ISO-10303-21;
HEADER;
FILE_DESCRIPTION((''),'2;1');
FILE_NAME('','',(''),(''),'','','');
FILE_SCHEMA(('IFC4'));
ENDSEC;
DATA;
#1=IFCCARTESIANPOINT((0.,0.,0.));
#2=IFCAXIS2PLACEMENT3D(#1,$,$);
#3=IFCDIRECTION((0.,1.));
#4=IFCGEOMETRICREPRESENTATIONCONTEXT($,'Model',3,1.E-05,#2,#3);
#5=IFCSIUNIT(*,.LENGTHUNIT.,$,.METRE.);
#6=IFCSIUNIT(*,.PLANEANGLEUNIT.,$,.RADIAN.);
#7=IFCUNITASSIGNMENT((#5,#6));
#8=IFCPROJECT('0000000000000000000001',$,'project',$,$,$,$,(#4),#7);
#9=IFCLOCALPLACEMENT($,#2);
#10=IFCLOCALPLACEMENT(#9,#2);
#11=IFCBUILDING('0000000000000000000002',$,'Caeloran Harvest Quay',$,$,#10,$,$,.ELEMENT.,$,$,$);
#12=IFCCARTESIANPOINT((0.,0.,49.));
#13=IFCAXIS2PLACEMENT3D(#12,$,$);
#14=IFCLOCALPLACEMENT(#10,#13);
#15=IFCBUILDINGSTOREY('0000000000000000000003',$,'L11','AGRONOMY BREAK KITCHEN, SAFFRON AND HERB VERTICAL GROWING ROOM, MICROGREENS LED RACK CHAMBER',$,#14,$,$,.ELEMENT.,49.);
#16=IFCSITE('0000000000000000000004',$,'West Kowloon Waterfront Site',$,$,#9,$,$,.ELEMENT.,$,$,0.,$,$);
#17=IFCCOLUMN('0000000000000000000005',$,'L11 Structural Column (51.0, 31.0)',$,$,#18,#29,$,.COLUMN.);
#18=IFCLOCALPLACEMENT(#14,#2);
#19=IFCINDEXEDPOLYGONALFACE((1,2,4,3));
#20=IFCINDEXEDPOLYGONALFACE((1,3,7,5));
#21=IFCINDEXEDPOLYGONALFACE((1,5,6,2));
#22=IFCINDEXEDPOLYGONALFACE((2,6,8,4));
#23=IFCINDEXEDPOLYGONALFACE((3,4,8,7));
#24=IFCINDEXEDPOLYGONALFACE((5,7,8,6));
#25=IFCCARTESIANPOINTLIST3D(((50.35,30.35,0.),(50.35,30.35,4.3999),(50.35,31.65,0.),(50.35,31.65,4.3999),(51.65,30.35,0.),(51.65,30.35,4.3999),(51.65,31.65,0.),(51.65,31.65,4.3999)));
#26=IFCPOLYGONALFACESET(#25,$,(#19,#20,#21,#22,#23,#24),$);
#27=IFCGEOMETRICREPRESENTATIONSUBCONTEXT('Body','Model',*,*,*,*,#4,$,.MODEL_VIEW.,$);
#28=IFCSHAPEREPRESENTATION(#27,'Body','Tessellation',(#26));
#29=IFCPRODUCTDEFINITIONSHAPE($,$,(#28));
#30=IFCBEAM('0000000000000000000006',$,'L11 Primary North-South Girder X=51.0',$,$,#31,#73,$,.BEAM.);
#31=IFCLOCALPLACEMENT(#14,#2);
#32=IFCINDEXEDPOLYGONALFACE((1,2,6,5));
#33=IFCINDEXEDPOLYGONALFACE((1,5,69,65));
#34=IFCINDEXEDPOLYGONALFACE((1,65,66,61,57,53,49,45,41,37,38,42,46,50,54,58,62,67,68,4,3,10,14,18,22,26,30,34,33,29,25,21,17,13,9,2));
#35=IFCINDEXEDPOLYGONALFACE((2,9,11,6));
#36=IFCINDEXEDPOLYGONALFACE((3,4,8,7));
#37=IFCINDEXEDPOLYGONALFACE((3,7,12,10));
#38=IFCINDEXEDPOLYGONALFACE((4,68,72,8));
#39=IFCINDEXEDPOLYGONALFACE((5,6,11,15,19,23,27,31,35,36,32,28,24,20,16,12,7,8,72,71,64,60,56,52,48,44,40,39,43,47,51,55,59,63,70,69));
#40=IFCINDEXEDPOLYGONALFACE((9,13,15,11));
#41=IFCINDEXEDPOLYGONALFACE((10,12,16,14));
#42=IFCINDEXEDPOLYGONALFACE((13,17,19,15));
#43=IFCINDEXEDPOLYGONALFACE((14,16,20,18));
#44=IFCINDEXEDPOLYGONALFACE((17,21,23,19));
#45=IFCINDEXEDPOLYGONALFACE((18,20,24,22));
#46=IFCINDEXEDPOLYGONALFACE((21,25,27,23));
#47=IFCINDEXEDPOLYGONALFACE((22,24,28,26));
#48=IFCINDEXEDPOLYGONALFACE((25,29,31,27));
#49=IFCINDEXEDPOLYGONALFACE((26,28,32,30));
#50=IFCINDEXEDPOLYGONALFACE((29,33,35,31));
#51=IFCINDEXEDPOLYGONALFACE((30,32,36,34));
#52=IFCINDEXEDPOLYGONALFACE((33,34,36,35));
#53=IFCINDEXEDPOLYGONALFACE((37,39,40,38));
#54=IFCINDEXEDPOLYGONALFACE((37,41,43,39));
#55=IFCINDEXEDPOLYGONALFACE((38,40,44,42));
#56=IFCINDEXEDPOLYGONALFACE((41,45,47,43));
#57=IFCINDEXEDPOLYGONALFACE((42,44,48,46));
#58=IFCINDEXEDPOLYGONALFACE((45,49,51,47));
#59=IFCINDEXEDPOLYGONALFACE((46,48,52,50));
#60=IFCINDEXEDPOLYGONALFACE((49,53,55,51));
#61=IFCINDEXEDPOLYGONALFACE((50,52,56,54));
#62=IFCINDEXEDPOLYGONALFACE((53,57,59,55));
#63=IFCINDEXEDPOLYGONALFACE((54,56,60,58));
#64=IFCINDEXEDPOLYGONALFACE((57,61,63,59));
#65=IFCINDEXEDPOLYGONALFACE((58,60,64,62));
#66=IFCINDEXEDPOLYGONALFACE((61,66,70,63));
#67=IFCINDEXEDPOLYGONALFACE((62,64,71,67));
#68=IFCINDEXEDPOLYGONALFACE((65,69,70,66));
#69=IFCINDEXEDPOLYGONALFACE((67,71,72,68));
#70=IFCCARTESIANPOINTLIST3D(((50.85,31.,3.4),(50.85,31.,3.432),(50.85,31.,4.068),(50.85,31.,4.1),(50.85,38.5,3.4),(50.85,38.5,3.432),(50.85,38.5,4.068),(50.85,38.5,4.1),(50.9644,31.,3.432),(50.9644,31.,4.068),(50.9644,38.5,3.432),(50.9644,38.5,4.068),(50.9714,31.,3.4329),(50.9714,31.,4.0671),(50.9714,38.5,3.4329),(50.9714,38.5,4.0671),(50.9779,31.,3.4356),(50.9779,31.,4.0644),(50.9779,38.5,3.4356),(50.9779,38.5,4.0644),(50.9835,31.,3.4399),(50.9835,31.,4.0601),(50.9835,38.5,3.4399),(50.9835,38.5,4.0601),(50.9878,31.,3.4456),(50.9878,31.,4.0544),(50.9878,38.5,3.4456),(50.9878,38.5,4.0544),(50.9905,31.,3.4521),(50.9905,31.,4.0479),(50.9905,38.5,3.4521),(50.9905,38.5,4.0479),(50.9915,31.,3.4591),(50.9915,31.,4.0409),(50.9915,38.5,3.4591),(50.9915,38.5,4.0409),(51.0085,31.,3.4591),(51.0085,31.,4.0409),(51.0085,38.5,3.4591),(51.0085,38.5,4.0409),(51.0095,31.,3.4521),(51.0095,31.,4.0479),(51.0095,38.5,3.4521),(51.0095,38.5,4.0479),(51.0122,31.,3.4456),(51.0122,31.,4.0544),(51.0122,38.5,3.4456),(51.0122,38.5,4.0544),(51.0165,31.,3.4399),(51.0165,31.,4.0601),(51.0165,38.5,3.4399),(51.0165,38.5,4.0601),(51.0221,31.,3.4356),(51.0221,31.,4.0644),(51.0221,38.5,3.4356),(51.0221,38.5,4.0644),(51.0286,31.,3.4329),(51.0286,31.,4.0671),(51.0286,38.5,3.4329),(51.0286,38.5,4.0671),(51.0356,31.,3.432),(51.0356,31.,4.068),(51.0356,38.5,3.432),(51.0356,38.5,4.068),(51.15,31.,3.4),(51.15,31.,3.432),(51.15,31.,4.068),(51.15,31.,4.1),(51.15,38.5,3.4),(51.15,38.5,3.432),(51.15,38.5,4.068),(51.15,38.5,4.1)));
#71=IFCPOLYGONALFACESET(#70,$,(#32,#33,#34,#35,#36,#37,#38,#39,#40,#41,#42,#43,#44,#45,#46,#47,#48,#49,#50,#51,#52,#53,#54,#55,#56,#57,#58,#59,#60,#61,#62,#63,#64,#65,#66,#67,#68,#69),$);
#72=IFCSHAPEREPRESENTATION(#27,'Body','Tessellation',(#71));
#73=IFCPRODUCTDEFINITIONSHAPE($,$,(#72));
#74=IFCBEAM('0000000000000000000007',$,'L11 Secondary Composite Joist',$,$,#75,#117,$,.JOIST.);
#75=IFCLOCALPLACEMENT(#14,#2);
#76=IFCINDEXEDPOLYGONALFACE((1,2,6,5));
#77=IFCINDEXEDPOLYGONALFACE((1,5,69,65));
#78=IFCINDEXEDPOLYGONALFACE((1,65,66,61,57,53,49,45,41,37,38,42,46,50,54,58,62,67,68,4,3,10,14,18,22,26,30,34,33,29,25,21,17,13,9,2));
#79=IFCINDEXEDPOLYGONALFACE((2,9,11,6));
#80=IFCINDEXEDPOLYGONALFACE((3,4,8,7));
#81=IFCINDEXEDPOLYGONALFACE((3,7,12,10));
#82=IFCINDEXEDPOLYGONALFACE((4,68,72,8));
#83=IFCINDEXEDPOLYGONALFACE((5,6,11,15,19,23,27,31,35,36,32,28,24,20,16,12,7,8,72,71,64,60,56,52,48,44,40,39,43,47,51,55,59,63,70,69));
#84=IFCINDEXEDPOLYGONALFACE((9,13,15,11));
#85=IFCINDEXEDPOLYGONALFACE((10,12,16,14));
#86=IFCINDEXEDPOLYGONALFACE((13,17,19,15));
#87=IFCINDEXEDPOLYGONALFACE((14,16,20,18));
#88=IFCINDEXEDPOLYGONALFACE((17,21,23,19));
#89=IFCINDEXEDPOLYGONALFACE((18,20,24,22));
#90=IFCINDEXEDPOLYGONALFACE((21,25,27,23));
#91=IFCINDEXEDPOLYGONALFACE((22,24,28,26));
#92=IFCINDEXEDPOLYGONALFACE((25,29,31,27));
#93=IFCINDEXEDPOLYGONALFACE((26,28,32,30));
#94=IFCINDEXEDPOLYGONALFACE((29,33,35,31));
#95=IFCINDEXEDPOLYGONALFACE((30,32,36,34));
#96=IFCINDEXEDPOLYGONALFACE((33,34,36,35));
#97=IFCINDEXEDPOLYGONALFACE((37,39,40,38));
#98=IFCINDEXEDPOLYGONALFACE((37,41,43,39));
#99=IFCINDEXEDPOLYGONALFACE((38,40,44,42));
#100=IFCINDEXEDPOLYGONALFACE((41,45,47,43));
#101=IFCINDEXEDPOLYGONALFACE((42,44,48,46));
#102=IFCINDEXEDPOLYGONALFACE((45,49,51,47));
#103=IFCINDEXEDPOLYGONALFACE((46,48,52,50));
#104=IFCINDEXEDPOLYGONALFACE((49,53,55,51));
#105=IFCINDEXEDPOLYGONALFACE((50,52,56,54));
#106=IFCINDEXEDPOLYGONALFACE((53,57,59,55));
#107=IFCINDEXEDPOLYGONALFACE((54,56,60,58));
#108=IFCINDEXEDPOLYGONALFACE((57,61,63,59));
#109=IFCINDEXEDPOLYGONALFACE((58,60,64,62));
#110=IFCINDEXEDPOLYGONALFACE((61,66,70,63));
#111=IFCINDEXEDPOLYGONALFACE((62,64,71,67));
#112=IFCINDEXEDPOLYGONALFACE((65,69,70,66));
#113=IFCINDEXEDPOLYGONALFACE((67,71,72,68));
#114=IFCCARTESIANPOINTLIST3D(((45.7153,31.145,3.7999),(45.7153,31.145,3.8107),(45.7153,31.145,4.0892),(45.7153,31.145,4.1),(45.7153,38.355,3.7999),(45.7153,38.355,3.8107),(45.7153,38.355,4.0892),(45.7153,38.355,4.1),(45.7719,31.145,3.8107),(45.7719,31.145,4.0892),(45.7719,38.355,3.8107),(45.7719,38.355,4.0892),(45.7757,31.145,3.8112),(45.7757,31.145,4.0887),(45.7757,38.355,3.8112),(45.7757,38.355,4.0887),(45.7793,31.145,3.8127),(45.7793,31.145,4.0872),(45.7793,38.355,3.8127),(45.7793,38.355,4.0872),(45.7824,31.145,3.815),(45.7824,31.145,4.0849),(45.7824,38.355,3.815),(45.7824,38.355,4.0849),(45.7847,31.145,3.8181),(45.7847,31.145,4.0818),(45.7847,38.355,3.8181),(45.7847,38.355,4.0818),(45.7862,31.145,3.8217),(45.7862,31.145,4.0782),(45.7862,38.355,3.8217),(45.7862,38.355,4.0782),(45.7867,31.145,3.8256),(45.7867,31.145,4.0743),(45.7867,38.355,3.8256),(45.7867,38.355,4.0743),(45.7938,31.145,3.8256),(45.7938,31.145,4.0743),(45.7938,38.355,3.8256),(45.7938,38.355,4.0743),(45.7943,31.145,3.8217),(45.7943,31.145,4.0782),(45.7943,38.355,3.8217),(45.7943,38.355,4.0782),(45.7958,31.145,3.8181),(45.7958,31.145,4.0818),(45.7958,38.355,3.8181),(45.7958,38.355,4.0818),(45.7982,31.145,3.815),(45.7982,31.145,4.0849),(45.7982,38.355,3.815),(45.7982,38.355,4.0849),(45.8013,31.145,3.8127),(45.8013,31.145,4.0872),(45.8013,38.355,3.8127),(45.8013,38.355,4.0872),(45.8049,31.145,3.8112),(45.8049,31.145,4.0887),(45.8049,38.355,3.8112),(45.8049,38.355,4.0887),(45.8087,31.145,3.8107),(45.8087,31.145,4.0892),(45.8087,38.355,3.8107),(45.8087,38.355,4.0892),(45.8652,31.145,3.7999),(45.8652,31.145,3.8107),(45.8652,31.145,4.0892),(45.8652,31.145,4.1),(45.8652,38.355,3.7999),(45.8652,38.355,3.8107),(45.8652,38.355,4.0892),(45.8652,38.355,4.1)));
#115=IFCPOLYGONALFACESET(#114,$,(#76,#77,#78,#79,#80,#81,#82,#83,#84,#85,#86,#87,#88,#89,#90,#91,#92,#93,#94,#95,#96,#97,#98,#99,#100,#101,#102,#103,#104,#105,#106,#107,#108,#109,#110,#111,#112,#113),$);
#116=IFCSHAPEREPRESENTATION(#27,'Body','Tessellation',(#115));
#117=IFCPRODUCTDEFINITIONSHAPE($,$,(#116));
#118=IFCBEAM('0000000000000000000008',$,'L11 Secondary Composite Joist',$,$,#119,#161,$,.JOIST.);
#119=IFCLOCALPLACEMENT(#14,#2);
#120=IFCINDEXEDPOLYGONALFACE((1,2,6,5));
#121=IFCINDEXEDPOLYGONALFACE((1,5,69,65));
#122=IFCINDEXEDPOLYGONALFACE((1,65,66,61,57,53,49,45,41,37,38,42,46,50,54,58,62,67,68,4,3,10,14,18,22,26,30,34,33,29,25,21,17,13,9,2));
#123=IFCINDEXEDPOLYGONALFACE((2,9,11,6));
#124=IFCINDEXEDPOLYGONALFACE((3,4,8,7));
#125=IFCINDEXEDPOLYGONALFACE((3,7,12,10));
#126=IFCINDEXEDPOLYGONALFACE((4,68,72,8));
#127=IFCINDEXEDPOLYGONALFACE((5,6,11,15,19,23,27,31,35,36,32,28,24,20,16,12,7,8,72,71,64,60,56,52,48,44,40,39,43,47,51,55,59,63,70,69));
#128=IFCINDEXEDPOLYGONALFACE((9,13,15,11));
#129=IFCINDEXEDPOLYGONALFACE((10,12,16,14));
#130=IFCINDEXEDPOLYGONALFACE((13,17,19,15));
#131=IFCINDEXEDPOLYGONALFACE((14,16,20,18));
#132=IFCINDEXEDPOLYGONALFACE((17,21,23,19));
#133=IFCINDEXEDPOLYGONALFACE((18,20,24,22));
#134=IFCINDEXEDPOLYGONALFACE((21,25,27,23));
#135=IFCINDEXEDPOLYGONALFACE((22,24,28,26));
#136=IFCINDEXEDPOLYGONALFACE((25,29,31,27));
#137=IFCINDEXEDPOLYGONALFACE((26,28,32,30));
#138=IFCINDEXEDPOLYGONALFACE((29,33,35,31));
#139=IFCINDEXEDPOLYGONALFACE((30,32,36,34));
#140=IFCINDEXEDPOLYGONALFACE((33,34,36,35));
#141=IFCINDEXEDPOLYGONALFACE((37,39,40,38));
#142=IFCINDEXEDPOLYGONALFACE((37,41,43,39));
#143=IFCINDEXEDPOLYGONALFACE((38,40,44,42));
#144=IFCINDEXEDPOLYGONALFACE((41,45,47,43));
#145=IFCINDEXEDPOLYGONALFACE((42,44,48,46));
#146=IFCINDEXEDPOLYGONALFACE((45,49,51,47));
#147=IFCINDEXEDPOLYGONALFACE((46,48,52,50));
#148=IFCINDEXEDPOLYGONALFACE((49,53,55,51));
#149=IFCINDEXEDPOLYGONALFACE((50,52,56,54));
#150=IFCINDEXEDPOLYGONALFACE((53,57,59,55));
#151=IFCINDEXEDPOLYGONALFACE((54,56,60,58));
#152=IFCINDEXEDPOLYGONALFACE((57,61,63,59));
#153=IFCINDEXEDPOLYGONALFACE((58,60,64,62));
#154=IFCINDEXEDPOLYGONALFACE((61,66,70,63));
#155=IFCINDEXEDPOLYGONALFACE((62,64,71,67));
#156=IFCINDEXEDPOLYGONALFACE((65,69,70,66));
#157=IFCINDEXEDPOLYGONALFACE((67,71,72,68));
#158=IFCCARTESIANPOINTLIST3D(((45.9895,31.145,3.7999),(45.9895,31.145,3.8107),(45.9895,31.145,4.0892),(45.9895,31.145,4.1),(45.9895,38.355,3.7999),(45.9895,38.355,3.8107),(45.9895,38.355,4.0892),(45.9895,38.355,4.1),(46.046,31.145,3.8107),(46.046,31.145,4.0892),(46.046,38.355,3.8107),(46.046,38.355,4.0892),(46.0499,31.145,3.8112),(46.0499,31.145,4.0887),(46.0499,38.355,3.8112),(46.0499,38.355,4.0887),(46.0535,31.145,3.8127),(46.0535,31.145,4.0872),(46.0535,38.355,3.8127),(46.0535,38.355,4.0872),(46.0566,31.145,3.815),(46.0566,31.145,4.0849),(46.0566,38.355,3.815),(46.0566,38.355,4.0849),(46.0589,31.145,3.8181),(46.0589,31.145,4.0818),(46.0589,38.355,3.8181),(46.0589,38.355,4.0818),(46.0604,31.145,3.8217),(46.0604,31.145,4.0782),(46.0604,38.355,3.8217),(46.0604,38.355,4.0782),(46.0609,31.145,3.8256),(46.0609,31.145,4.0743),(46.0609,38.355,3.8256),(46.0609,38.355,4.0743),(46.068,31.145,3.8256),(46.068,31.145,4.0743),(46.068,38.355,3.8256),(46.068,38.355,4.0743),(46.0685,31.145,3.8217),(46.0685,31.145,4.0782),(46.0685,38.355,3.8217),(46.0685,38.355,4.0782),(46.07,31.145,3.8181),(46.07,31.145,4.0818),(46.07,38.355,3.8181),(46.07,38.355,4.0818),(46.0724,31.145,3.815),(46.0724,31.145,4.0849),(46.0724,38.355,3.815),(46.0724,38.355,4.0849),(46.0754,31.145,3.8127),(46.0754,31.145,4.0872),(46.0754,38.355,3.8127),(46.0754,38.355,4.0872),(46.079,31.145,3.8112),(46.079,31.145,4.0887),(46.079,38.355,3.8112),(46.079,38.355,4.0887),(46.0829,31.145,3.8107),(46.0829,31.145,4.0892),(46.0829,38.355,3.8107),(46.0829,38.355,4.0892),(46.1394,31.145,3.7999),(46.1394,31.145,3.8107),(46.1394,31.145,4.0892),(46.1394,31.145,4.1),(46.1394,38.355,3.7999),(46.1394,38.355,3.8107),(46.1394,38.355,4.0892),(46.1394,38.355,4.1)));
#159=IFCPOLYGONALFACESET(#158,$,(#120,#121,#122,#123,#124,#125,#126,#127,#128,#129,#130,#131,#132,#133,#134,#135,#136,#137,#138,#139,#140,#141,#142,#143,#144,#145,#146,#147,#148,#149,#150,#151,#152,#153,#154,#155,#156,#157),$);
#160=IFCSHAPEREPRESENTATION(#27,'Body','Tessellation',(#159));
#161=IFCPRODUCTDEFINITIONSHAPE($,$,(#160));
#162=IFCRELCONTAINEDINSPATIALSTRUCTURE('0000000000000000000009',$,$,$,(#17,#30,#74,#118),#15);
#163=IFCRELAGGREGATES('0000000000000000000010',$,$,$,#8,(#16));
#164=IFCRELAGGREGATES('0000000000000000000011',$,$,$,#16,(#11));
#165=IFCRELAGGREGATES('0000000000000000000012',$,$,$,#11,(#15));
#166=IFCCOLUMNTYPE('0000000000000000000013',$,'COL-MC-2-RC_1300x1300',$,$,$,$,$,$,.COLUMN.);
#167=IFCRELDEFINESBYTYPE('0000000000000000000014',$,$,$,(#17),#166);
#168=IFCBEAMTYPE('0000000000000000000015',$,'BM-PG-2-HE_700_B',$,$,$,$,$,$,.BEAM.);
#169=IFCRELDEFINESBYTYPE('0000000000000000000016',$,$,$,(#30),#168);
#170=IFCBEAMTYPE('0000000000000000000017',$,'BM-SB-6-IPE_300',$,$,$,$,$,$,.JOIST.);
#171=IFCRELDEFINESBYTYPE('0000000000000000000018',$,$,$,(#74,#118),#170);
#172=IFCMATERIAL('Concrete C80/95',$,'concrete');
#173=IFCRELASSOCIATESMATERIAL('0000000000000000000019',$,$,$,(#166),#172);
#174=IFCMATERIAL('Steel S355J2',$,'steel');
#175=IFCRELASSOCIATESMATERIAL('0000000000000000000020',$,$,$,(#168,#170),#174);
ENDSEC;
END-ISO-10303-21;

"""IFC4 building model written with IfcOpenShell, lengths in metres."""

from ifc_helpers import new_model, si_unit, direction, frame, origin, origin_2d, place, context, subcontext, project, spatial, rectangle, i_section, extrude, material, material_profile, profile_set, type_object, element, save


model = new_model("IFC4")

# Units and contexts
model_context = context("Model", 3, precision=1e-05, world=origin(), true_north=direction((0.0, 1.0)))
body_context = subcontext(model_context, "Body", "Model", "MODEL_VIEW")
ifc_project = project(units=[si_unit("LENGTHUNIT", "METRE"), si_unit("PLANEANGLEUNIT", "RADIAN")], contexts=[model_context])

# Site, building, storey
site_placement = place(None, origin())
site = spatial("IfcSite", under=ifc_project, at=site_placement, Name="West Kowloon Waterfront Site", CompositionType="ELEMENT", RefElevation=0.0)
building_placement = place(site_placement, origin())
building = spatial("IfcBuilding", under=site, at=building_placement, Name="Caeloran Harvest Quay", CompositionType="ELEMENT")
storey_placement = place(building_placement, frame((0.0, 0.0, 49.0)))
storey = spatial("IfcBuildingStorey", under=building, at=storey_placement, Name="L11", Description="AGRONOMY BREAK KITCHEN, SAFFRON AND HERB VERTICAL GROWING ROOM, MICROGREENS LED RACK CHAMBER", CompositionType="ELEMENT", Elevation=49.0)

# Column
ifc_material_1 = material(Name="Concrete C80/95", Category="concrete")
ifc_material_profile_1 = material_profile(ifc_material_1, rectangle(XDim=1.3, YDim=1.3, at=origin_2d()), Name="RC 1300x1300")
ifc_profile_set_1 = profile_set([ifc_material_profile_1], Name="Concrete C80/95")
column_type = type_object("IfcColumnType", Name="COL-MC-2-RC_1300x1300", PredefinedType="COLUMN", material=ifc_profile_set_1)
column_placement = place(storey_placement, frame((51.0, 31.0, 0.0), z_axis=(0.0, 0.0, 1.0), x_axis=(1.0, 0.0, 0.0)))
element("IfcColumn", 1, at=column_placement, inside=storey, type_object=column_type, Name="L11 Structural Column (51.0, 31.0)", PredefinedType="COLUMN", context=body_context, shape_type="SweptSolid", body=[
    extrude(rectangle(XDim=1.3, YDim=1.3, at=origin_2d()), origin(), (0.0, 0.0, 1.0), 4.3999),
])

# Beams
ifc_material_2 = material(Name="Steel S355J2", Category="steel")
ifc_material_profile_2 = material_profile(ifc_material_2, i_section(OverallWidth=0.3, OverallDepth=0.7, WebThickness=0.0171, FlangeThickness=0.032, FilletRadius=0.0271, at=origin_2d()), Name="HE 700 B")
ifc_profile_set_2 = profile_set([ifc_material_profile_2], Name="Steel S355J2")
beam_type_1 = type_object("IfcBeamType", Name="BM-PG-2-HE_700_B", PredefinedType="BEAM", material=ifc_profile_set_2)
beam_placement = place(storey_placement, frame((51.0, 31.0, 3.75), z_axis=(0.0, 1.0, 0.0), x_axis=(-1.0, 0.0, 0.0)))
element("IfcBeam", 2, at=beam_placement, inside=storey, type_object=beam_type_1, Name="L11 Primary North-South Girder X=51.0", PredefinedType="BEAM", context=body_context, shape_type="SweptSolid", body=[
    extrude(i_section(OverallWidth=0.3, OverallDepth=0.7, WebThickness=0.0171, FlangeThickness=0.032, FilletRadius=0.0271, at=origin_2d()), origin(), (0.0, 0.0, 1.0), 7.5),
])
ifc_material_profile_3 = material_profile(ifc_material_2, i_section(OverallWidth=0.1499, OverallDepth=0.3, WebThickness=0.0071, FlangeThickness=0.0107, FilletRadius=0.0149, at=origin_2d()), Name="IPE 300")
ifc_profile_set_3 = profile_set([ifc_material_profile_3], Name="Steel S355J2")
beam_type_2 = type_object("IfcBeamType", Name="BM-SB-6-IPE_300", PredefinedType="JOIST", material=ifc_profile_set_3)
for number, where, z_axis, x_axis, name in (
    (3, (45.7903, 31.145, 3.95), (0.0, 1.0, 0.0), (-1.0, 0.0, 0.0), "L11 Secondary Composite Joist"),
    (4, (46.0645, 31.145, 3.95), (0.0, 1.0, 0.0), (-1.0, 0.0, 0.0), "L11 Secondary Composite Joist"),
):
    element("IfcBeam", number, at=place(storey_placement, frame(where, z_axis=z_axis, x_axis=x_axis)), inside=storey, type_object=beam_type_2, Name=name, PredefinedType="JOIST", context=body_context, shape_type="SweptSolid", body=[
        extrude(i_section(OverallWidth=0.1499, OverallDepth=0.3, WebThickness=0.0071, FlangeThickness=0.0107, FilletRadius=0.0149, at=origin_2d()), origin(), (0.0, 0.0, 1.0), 7.21),
    ])

save(model, "model.ifc")
